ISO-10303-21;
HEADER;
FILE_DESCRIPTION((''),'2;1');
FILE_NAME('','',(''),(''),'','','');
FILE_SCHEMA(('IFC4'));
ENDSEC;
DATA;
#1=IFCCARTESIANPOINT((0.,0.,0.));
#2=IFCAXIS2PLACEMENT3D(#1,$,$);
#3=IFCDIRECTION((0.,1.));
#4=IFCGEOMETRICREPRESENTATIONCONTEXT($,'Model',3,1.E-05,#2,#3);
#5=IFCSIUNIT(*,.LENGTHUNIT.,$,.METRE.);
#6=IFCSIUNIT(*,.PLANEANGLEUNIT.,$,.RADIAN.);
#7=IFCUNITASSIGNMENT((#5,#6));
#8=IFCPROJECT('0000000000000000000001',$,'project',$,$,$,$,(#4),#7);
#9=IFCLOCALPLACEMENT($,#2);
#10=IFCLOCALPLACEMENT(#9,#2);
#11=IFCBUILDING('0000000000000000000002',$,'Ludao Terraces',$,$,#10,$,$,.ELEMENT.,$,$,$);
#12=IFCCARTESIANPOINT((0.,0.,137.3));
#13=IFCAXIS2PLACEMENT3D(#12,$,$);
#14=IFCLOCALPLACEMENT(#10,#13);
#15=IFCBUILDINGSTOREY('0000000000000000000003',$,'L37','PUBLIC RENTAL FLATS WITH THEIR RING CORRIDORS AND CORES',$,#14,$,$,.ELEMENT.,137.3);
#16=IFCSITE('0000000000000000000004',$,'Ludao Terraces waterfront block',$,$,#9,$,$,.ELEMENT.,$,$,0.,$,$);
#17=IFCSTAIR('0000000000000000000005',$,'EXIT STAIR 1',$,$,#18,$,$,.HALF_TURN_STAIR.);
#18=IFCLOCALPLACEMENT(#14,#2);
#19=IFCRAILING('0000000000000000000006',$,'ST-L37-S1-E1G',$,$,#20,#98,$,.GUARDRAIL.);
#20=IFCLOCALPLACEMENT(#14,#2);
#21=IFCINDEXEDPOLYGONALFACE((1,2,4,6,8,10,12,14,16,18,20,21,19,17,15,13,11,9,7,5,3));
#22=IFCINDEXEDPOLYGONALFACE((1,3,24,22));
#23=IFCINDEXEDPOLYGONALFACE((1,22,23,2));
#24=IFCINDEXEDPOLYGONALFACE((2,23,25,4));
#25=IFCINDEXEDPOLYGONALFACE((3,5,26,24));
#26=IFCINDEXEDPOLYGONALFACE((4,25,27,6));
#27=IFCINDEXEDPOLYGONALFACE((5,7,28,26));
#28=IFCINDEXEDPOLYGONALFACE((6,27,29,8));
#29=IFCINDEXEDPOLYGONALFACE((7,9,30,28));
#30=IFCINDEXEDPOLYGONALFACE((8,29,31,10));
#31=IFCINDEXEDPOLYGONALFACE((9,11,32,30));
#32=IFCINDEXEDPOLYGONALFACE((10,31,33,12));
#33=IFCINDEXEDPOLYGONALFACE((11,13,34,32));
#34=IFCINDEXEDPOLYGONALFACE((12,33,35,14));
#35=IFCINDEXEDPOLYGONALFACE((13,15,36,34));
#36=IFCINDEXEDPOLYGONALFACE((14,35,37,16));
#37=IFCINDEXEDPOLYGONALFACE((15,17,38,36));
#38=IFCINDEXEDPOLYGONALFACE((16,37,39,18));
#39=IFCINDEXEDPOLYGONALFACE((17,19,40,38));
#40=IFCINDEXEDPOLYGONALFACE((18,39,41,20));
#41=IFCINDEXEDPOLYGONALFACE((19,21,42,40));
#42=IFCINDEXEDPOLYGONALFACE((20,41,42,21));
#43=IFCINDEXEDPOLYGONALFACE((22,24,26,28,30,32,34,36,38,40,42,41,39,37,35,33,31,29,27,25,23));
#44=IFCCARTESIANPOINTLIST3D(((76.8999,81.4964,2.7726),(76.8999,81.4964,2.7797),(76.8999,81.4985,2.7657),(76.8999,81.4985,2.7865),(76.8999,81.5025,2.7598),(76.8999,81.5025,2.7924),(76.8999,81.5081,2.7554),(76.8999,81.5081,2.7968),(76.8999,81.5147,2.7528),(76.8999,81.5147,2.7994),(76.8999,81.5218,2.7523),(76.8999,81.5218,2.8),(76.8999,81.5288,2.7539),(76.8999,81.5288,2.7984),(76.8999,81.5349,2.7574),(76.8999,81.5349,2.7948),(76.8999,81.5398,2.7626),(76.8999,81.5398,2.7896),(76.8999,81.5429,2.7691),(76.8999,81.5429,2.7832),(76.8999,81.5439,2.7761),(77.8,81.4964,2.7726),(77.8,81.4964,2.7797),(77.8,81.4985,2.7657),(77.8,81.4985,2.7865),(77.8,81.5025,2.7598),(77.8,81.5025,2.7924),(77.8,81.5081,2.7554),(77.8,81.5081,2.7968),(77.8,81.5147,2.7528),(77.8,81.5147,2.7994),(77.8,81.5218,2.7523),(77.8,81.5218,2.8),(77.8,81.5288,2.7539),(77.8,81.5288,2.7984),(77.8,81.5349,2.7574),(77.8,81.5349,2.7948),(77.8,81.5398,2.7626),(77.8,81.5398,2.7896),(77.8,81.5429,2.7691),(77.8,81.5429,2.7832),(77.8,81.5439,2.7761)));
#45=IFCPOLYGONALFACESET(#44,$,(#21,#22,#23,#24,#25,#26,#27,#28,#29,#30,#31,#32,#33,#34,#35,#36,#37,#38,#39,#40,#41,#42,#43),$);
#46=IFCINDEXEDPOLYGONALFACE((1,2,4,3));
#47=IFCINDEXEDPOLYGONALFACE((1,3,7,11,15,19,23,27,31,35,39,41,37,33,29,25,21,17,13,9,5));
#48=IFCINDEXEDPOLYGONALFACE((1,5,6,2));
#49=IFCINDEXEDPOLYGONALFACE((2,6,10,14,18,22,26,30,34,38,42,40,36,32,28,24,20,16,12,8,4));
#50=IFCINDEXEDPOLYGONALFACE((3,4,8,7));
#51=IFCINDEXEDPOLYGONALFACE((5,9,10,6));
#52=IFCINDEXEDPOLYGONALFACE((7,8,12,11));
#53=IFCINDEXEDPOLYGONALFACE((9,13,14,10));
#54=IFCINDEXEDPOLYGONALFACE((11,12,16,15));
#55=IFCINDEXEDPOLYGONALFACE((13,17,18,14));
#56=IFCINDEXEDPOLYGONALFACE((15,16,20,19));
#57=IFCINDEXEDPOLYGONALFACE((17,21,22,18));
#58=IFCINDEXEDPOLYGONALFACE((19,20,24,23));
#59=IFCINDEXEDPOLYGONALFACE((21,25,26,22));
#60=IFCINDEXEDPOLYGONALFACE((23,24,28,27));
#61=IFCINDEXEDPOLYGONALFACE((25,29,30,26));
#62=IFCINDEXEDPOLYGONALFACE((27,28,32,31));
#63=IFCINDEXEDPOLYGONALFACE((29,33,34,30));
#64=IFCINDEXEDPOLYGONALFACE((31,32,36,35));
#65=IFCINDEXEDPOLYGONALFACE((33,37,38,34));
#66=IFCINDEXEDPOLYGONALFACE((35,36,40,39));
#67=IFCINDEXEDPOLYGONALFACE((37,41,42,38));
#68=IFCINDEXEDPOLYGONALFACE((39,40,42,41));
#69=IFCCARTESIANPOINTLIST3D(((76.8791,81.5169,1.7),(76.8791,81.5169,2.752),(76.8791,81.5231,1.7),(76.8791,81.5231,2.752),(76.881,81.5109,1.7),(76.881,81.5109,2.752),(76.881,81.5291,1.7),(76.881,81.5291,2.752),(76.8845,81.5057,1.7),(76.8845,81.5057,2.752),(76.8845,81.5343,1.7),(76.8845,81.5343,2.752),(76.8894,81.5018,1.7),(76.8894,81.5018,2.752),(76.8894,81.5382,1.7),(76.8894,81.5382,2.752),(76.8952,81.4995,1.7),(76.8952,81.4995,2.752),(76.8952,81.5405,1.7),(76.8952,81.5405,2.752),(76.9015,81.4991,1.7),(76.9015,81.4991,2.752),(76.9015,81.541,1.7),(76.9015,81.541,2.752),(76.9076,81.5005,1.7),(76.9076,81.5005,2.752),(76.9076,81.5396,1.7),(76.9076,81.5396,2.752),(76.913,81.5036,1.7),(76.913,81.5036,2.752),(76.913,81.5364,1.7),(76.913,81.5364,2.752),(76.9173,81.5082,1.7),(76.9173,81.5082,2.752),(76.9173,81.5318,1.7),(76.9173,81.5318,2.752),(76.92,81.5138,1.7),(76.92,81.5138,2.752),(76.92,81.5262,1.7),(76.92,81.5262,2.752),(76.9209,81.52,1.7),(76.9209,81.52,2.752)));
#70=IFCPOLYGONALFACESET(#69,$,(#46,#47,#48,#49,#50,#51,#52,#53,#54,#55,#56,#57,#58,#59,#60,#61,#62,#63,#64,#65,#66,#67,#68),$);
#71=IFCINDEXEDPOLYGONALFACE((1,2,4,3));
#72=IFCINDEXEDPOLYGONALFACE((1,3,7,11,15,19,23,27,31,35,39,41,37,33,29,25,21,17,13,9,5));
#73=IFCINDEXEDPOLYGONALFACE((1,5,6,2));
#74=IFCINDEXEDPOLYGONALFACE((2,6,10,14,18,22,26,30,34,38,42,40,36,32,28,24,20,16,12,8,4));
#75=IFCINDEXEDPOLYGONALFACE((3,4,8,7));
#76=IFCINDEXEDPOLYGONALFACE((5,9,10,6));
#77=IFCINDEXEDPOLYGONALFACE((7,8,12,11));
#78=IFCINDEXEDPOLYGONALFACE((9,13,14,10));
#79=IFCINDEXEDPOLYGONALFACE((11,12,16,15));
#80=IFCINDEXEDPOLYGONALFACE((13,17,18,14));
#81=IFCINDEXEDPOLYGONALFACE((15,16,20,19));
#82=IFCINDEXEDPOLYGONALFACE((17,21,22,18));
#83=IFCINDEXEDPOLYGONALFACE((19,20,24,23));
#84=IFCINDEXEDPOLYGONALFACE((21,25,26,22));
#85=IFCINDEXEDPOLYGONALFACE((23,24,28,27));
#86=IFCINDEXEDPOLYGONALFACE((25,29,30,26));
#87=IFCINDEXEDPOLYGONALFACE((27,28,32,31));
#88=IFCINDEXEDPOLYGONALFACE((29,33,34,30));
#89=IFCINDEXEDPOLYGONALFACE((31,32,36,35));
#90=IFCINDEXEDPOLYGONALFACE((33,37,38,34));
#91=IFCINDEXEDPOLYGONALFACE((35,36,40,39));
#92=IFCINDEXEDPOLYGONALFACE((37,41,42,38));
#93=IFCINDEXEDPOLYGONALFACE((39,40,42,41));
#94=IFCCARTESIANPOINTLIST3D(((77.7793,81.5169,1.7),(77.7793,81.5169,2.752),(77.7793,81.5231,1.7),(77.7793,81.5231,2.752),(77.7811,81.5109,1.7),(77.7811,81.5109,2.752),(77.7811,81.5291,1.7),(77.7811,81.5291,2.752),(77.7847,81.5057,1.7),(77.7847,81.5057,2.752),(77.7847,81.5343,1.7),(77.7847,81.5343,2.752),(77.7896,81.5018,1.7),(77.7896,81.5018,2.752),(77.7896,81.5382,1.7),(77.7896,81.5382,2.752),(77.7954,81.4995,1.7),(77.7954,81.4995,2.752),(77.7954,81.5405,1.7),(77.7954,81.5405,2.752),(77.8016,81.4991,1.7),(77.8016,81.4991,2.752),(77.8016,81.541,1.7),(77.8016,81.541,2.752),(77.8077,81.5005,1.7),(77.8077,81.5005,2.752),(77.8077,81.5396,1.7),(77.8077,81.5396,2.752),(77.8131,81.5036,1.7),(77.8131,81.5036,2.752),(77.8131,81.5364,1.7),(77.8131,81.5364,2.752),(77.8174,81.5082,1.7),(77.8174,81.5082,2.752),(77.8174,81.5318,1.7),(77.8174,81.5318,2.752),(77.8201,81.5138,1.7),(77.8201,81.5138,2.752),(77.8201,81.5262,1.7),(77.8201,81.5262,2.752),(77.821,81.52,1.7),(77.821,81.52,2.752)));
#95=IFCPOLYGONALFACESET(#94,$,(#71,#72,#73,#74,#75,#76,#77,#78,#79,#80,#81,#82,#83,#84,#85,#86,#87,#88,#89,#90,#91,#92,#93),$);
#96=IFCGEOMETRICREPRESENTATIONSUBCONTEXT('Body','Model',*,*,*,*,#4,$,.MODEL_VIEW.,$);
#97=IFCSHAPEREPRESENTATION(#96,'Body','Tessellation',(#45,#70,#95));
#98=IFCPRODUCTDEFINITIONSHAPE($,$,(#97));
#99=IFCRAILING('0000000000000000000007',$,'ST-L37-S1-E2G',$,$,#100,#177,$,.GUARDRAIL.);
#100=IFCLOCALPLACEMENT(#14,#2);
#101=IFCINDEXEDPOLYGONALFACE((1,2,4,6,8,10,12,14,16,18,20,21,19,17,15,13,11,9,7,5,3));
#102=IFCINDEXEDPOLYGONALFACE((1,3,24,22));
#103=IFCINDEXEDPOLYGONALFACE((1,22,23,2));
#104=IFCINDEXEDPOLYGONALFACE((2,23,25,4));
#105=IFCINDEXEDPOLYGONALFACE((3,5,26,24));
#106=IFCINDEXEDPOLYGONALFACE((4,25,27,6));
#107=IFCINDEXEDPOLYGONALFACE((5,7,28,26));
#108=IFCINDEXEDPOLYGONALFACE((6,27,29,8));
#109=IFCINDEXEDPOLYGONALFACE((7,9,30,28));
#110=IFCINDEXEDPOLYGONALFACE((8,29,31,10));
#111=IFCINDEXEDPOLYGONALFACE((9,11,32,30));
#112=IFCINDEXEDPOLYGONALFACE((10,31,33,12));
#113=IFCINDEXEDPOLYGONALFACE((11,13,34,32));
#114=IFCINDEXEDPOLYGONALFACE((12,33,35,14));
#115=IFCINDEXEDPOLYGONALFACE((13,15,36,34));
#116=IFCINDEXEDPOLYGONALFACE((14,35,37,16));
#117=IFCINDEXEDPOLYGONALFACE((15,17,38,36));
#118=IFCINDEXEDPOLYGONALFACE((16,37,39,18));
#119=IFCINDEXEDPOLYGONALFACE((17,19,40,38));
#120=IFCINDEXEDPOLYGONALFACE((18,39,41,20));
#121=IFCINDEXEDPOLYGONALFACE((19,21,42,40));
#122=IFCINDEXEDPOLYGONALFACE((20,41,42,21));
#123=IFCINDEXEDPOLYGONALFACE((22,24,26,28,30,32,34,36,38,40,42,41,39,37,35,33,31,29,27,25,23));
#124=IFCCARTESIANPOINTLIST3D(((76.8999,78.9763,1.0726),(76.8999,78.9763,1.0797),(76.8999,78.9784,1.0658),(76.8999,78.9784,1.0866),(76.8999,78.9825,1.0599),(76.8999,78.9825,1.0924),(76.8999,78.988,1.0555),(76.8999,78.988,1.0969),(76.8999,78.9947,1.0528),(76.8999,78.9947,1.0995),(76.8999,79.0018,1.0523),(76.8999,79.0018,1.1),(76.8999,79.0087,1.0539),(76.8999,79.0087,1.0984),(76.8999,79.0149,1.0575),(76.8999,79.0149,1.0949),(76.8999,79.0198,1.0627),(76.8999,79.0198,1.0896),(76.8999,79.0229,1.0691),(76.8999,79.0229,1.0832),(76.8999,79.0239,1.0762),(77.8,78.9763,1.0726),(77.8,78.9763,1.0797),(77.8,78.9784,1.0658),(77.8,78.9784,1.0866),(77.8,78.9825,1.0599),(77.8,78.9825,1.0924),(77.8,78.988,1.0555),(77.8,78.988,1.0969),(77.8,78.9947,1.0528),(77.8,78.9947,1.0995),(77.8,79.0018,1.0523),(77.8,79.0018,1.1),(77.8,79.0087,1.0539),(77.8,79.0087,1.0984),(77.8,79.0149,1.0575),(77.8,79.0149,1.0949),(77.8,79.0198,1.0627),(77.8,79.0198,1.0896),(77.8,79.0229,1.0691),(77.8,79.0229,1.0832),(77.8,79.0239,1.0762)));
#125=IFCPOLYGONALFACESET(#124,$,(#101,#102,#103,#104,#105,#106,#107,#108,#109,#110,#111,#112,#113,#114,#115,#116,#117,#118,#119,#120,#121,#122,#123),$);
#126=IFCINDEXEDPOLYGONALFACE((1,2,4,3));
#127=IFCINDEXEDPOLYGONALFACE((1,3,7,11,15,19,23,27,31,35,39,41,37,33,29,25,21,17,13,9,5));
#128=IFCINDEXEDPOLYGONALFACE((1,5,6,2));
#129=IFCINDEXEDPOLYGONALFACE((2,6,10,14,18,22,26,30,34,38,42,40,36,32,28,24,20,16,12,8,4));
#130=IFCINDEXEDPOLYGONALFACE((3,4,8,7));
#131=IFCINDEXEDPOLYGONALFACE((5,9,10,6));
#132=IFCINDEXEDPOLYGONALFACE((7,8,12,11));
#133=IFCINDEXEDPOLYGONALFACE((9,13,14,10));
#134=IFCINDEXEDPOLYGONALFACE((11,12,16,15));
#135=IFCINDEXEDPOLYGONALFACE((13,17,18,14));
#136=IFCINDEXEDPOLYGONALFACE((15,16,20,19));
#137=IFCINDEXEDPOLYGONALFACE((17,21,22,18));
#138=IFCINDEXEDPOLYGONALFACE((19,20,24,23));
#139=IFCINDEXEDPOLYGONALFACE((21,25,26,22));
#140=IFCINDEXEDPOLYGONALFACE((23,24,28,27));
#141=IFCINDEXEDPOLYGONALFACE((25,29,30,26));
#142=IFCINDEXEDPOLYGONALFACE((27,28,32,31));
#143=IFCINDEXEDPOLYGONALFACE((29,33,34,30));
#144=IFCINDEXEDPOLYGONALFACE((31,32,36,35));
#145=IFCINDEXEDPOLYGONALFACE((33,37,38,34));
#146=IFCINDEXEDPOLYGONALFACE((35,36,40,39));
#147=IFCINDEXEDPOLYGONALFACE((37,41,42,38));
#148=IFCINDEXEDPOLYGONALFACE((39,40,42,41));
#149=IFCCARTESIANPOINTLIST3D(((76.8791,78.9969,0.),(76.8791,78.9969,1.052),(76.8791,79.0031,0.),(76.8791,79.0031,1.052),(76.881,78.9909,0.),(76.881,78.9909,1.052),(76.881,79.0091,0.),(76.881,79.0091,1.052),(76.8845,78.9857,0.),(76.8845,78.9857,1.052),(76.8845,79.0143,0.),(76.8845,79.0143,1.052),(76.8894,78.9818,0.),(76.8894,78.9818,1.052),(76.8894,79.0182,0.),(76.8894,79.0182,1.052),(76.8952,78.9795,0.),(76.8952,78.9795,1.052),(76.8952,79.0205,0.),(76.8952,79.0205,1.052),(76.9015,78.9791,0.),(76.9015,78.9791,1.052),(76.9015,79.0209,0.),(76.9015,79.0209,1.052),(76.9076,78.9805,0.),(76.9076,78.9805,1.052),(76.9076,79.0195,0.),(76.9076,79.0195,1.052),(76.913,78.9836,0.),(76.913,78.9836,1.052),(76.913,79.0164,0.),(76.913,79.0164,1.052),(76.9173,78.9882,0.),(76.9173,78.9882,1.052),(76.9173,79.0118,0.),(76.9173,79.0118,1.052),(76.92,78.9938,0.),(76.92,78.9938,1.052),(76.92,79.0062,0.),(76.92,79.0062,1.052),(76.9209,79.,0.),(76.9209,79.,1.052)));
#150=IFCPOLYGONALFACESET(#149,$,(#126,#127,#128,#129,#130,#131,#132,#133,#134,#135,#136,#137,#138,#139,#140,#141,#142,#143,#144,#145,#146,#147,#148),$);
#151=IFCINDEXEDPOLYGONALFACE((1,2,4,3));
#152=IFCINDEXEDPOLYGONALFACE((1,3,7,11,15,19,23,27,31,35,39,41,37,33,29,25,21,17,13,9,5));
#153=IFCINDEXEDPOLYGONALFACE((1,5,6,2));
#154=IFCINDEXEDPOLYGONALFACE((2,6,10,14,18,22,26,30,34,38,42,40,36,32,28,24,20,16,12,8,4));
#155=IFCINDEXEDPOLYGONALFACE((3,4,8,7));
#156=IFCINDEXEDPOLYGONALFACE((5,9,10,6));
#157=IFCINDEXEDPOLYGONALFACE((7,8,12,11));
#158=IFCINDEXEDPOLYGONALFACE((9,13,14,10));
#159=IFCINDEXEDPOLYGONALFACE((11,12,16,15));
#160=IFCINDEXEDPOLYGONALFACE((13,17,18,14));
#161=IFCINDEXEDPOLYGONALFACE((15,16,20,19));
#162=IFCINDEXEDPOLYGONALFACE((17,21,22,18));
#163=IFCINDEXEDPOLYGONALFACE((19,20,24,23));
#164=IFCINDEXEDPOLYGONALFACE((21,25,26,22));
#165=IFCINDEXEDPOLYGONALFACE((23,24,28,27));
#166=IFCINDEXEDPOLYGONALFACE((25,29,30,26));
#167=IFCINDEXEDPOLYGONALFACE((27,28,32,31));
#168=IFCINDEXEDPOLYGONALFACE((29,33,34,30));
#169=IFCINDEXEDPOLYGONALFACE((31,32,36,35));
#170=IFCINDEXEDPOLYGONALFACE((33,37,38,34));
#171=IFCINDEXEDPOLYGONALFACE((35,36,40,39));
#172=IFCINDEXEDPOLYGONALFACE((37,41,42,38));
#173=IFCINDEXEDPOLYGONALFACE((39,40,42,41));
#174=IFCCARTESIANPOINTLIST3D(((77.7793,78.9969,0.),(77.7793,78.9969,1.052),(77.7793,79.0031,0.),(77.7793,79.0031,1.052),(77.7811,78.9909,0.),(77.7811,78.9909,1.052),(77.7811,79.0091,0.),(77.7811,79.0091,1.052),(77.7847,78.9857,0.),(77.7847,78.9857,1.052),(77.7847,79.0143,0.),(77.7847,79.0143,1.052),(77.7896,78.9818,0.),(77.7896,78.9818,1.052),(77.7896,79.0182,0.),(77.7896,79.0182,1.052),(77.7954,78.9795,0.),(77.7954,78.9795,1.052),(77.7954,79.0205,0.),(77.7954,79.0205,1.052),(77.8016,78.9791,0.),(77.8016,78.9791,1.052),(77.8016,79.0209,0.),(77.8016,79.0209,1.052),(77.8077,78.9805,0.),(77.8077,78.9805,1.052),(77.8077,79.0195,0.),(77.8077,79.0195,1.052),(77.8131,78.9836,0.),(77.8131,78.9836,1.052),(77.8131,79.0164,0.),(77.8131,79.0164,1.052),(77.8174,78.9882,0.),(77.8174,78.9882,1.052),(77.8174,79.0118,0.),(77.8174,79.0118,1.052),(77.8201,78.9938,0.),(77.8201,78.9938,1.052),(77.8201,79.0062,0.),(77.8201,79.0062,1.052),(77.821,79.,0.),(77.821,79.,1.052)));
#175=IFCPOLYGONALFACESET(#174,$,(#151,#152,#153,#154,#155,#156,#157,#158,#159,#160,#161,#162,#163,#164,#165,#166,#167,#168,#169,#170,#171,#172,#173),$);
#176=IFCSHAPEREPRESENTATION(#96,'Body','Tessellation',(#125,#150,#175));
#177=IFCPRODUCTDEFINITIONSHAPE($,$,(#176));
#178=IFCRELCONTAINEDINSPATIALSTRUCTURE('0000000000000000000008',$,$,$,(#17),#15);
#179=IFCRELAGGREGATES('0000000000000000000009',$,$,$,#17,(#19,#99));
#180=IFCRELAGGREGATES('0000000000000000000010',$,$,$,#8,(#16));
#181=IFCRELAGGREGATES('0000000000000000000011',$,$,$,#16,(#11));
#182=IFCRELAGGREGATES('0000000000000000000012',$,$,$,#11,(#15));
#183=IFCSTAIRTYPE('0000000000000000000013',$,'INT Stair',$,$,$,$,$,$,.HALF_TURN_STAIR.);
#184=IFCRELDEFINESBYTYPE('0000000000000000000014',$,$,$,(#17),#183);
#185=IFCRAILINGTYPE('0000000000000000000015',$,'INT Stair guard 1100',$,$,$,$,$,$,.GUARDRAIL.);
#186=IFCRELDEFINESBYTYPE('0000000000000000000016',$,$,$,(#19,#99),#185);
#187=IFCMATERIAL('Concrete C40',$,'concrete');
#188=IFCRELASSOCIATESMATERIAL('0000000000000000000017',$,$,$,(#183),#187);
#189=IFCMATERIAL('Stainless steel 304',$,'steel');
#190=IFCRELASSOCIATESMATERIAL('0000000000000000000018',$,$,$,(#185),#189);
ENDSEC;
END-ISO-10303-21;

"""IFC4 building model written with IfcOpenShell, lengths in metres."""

from ifc_helpers import new_model, si_unit, direction, frame, origin, origin_2d, place, context, subcontext, project, spatial, circle, extrude, material, type_object, element, aggregate, save


model = new_model("IFC4")

# Units and contexts
model_context = context("Model", 3, precision=1e-05, world=origin(), true_north=direction((0.0, 1.0)))
body_context = subcontext(model_context, "Body", "Model", "MODEL_VIEW")
ifc_project = project(units=[si_unit("LENGTHUNIT", "METRE"), si_unit("PLANEANGLEUNIT", "RADIAN")], contexts=[model_context])

# Site, building, storey
site_placement = place(None, origin())
site = spatial("IfcSite", under=ifc_project, at=site_placement, Name="Ludao Terraces waterfront block", CompositionType="ELEMENT", RefElevation=0.0)
building_placement = place(site_placement, origin())
building = spatial("IfcBuilding", under=site, at=building_placement, Name="Ludao Terraces", CompositionType="ELEMENT")
storey_placement = place(building_placement, frame((0.0, 0.0, 137.3)))
storey = spatial("IfcBuildingStorey", under=building, at=storey_placement, Name="L37", Description="PUBLIC RENTAL FLATS WITH THEIR RING CORRIDORS AND CORES", CompositionType="ELEMENT", Elevation=137.3)

# Shared definitions
ifc_material_1 = material(Name="Stainless steel 304", Category="steel")

# Stair, railings
ifc_material_2 = material(Name="Concrete C40", Category="concrete")
stair_type = type_object("IfcStairType", Name="INT Stair", PredefinedType="HALF_TURN_STAIR", material=ifc_material_2)
stair_placement = place(storey_placement, origin())
stair = element("IfcStair", 1, at=stair_placement, inside=storey, type_object=stair_type, Name="EXIT STAIR 1", PredefinedType="HALF_TURN_STAIR")
railing_type_1 = type_object("IfcRailingType", Name="INT Stair guard 1100", PredefinedType="GUARDRAIL", material=ifc_material_1)
railing_1_placement = place(storey_placement, frame((76.8999, 81.52, 1.7)))
railing_1 = element("IfcRailing", 2, at=railing_1_placement, type_object=railing_type_1, Name="ST-L37-S1-E1G", PredefinedType="GUARDRAIL", context=body_context, shape_type="SweptSolid", body=[
    extrude(circle(Radius=0.0239, at=origin_2d()), frame((0.0, 0.0, 1.0762), z_axis=(1.0, 0.0, 0.0), x_axis=(0.0, 1.0, 0.0)), (0.0, 0.0, 1.0), 0.9001),
    extrude(circle(Radius=0.021, at=origin_2d()), origin(), (0.0, 0.0, 1.0), 1.052),
    extrude(circle(Radius=0.021, at=origin_2d()), frame((0.9001, 0.0, 0.0)), (0.0, 0.0, 1.0), 1.052),
])
railing_2_placement = place(storey_placement, frame((76.8999, 79.0, 0.0)))
railing_2 = element("IfcRailing", 3, at=railing_2_placement, type_object=railing_type_1, Name="ST-L37-S1-E2G", PredefinedType="GUARDRAIL", context=body_context, shape_type="SweptSolid", body=[
    extrude(circle(Radius=0.0239, at=origin_2d()), frame((0.0, 0.0, 1.0762), z_axis=(1.0, 0.0, 0.0), x_axis=(0.0, 1.0, 0.0)), (0.0, 0.0, 1.0), 0.9001),
    extrude(circle(Radius=0.021, at=origin_2d()), origin(), (0.0, 0.0, 1.0), 1.052),
    extrude(circle(Radius=0.021, at=origin_2d()), frame((0.9001, 0.0, 0.0)), (0.0, 0.0, 1.0), 1.052),
])
aggregate(stair, [railing_1, railing_2])

save(model, "model.ifc")
